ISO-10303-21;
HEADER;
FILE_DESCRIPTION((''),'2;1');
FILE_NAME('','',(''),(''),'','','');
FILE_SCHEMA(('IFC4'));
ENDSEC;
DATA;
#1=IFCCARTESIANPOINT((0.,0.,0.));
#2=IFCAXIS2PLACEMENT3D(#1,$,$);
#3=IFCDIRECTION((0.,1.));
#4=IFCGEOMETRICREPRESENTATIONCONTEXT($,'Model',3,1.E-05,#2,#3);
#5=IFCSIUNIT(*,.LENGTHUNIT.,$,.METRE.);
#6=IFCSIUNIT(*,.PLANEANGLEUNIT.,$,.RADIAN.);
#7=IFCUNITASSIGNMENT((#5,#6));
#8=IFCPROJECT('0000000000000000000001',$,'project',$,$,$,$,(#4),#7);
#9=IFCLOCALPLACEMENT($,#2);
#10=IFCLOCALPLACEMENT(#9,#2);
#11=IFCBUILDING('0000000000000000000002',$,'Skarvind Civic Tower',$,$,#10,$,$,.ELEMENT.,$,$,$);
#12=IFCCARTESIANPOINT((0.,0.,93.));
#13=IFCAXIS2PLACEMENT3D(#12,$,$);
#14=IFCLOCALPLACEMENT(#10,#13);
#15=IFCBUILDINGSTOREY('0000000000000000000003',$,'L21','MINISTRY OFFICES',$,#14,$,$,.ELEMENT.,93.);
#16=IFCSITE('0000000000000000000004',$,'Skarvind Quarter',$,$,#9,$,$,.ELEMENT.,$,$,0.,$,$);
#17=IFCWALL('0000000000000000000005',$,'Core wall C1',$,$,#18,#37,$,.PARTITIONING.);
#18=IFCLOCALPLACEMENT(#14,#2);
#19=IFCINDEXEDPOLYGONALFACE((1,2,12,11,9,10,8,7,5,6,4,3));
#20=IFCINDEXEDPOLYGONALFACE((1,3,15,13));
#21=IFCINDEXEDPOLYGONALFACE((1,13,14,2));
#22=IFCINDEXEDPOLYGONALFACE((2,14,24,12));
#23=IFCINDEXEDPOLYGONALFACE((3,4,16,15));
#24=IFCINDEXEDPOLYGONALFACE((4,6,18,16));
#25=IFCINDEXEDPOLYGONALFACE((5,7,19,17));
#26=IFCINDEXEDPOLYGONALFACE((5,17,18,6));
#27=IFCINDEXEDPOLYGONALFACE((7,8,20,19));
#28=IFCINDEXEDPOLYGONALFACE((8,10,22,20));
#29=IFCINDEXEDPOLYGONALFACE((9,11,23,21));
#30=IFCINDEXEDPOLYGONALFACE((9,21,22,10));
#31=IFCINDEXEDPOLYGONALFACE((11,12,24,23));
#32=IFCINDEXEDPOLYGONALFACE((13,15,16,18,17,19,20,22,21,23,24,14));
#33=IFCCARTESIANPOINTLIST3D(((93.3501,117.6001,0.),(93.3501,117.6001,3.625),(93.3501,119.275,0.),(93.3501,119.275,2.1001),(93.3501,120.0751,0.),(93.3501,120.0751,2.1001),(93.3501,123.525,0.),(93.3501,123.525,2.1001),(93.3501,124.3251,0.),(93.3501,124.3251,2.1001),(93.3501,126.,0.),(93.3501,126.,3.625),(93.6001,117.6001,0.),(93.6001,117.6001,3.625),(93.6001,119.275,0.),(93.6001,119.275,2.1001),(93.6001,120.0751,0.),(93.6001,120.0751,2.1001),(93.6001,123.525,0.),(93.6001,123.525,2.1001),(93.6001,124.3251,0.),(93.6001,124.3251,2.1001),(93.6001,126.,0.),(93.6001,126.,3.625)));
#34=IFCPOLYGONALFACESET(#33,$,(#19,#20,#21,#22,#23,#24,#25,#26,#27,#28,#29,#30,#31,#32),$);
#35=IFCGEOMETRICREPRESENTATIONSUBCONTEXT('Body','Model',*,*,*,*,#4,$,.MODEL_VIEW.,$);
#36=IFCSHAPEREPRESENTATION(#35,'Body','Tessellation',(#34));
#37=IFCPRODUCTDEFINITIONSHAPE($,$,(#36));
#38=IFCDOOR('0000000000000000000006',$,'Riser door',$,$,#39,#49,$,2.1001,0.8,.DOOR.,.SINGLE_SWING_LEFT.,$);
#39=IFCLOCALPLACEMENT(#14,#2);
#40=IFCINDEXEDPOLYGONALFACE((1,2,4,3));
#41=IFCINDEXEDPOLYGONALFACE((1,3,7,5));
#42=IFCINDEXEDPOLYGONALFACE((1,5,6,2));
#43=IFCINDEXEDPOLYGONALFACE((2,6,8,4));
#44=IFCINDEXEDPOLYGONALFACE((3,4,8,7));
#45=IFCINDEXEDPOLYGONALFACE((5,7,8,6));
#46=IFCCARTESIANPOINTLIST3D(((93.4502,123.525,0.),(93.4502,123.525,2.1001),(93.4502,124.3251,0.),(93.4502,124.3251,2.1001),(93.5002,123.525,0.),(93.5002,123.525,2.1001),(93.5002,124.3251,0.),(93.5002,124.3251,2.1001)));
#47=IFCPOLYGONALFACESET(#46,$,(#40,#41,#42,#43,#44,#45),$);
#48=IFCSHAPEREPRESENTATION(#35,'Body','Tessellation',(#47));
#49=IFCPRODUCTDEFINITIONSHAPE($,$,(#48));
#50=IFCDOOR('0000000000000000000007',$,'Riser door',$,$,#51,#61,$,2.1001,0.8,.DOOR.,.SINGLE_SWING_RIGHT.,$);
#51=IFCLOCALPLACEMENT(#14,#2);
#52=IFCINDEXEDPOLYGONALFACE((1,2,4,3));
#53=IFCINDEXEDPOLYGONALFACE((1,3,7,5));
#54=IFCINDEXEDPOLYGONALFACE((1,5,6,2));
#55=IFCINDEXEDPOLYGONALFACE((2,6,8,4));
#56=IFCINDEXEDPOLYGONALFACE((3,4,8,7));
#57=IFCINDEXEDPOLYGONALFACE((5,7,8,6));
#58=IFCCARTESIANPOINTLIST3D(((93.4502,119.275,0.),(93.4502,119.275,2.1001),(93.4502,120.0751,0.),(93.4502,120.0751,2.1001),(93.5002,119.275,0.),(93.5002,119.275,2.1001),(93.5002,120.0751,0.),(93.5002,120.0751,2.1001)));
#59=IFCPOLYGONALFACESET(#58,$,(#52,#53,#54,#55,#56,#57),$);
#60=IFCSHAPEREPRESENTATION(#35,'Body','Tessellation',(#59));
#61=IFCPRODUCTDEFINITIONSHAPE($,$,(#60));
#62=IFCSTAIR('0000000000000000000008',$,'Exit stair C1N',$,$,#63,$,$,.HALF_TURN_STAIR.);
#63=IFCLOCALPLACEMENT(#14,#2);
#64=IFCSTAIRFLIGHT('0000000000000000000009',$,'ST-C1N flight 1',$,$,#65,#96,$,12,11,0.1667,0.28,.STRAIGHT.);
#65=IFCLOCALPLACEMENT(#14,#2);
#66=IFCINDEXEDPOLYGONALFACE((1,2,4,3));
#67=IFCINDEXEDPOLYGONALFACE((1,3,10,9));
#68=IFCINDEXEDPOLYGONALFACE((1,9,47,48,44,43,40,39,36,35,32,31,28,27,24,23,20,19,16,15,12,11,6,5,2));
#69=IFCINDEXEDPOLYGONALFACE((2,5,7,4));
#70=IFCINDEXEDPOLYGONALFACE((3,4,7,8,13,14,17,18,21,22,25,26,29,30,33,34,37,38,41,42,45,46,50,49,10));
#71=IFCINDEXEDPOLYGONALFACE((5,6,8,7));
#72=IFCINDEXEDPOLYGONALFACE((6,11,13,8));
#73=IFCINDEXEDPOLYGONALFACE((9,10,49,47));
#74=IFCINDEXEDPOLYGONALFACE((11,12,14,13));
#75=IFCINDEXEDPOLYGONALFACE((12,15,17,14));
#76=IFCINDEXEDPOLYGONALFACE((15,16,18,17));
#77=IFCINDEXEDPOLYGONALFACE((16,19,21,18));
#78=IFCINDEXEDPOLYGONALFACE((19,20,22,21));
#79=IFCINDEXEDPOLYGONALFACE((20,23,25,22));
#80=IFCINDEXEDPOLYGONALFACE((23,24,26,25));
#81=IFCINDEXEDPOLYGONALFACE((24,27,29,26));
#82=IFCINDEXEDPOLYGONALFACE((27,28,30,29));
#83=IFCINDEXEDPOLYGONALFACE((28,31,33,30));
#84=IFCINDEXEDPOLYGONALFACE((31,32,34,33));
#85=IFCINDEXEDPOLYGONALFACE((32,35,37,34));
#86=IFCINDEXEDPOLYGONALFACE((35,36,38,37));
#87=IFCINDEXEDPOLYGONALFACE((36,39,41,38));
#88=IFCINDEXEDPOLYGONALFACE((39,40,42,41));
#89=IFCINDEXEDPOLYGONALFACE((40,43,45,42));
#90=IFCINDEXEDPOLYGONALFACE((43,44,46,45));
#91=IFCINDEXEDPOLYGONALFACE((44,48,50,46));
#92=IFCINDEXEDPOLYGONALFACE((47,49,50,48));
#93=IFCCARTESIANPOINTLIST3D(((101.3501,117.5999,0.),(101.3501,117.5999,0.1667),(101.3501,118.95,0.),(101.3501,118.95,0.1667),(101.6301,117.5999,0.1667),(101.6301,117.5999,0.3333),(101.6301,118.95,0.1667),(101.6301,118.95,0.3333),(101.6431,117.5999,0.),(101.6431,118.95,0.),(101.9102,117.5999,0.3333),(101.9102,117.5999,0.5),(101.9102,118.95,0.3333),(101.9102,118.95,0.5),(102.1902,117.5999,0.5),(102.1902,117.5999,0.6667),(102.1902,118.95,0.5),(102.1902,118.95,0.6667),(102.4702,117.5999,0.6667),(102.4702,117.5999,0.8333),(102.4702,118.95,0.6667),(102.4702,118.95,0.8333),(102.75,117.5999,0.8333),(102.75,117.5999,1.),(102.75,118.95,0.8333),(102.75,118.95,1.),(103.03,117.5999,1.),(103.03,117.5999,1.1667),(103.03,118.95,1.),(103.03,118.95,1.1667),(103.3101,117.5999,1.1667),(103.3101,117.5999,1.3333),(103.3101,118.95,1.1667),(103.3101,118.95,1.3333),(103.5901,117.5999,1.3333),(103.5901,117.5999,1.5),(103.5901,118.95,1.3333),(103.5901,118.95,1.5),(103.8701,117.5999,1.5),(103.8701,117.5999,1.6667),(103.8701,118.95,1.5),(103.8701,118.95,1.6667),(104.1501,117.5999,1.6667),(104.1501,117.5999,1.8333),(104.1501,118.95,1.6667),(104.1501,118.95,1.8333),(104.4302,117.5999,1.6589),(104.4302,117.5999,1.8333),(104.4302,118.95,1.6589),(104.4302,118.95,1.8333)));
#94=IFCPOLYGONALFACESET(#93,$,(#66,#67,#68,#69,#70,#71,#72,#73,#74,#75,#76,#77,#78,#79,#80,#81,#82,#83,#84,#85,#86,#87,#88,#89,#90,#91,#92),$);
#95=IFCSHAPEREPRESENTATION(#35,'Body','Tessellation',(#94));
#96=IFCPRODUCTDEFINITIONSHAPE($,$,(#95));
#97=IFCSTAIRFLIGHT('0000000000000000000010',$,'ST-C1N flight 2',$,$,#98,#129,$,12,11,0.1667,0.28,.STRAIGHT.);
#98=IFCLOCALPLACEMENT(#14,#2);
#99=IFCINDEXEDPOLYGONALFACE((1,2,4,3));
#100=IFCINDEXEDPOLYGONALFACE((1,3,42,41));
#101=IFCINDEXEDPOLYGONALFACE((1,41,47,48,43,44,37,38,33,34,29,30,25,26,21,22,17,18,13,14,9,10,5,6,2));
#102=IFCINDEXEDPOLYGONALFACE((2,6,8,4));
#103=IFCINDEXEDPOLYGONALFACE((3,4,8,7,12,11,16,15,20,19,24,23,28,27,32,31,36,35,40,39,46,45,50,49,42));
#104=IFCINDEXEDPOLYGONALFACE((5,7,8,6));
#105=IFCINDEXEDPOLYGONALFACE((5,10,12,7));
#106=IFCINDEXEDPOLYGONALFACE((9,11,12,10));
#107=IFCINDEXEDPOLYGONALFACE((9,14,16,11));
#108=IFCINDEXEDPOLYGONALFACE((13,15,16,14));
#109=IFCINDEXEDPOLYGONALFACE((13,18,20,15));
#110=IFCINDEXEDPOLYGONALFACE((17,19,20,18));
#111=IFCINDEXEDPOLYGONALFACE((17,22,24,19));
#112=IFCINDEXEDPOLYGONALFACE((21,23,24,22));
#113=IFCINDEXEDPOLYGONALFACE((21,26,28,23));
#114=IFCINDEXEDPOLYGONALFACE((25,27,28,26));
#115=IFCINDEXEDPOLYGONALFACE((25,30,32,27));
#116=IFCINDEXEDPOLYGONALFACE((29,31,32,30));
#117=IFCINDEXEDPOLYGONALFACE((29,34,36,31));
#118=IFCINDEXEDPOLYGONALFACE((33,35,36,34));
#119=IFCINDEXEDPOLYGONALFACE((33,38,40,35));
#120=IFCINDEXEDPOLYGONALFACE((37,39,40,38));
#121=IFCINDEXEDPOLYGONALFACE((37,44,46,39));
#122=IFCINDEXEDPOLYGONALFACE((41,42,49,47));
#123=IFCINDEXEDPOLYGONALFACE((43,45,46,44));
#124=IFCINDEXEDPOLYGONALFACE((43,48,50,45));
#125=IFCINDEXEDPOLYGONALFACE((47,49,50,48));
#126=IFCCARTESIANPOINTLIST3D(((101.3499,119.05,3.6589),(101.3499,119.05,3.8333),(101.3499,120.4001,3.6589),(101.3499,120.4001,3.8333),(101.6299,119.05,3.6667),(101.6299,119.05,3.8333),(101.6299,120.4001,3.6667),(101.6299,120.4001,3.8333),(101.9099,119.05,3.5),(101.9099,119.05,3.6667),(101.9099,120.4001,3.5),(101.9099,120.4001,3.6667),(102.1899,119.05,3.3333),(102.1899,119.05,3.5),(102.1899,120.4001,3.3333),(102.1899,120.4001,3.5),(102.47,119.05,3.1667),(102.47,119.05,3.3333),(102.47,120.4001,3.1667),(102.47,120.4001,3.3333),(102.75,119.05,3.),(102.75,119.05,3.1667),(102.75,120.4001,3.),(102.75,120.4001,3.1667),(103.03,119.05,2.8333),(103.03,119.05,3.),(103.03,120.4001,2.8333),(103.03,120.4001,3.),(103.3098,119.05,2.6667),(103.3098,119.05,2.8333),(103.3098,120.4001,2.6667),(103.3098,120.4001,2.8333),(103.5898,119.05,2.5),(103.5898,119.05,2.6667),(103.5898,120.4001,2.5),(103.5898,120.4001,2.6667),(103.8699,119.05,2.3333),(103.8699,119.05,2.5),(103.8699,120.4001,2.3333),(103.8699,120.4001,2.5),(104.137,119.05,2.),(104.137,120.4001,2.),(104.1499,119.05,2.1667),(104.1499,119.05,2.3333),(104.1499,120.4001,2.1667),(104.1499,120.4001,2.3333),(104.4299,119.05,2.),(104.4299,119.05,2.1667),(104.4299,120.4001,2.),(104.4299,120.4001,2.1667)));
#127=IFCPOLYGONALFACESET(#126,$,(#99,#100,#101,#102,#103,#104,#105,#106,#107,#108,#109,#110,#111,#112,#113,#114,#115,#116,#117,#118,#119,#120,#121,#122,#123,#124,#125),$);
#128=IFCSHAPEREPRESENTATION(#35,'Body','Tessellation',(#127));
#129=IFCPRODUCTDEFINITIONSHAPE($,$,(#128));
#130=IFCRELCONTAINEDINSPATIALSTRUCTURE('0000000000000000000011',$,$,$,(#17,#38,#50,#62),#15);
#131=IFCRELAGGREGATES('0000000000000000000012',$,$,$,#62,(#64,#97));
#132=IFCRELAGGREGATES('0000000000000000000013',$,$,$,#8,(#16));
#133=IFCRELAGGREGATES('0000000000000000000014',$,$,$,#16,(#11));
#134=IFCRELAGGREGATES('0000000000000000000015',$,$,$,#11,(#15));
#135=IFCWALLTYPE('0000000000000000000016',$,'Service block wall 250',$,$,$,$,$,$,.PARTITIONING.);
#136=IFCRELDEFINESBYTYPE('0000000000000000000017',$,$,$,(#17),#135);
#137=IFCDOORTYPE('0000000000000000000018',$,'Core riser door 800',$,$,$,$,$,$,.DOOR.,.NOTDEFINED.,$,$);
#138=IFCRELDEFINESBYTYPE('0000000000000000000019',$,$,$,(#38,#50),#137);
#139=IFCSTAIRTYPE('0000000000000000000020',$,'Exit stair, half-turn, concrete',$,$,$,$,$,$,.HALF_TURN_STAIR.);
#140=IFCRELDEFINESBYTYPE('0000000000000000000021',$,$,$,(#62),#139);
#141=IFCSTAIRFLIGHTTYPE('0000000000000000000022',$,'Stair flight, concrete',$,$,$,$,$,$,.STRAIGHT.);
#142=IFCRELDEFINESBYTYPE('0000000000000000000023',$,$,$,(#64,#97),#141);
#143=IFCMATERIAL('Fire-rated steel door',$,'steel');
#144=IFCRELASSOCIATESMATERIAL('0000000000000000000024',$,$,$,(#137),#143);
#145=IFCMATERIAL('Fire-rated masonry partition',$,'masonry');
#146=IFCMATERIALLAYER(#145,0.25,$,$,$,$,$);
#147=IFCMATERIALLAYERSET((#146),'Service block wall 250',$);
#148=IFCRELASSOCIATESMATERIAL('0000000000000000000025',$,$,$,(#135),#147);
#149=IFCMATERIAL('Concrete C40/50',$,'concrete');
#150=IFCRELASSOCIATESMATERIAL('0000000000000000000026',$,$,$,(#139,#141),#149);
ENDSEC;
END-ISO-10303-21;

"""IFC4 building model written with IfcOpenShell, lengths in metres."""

from ifc_helpers import new_model, si_unit, direction, frame, frame_2d, origin, place, context, subcontext, project, spatial, polyline, rectangle, outline, extrude, material, layer, layer_set, type_object, element, fill, aggregate, save


model = new_model("IFC4")

# Units and contexts
model_context = context("Model", 3, precision=1e-05, world=origin(), true_north=direction((0.0, 1.0)))
body_context = subcontext(model_context, "Body", "Model", "MODEL_VIEW")
ifc_project = project(units=[si_unit("LENGTHUNIT", "METRE"), si_unit("PLANEANGLEUNIT", "RADIAN")], contexts=[model_context])

# Site, building, storey
site_placement = place(None, origin())
site = spatial("IfcSite", under=ifc_project, at=site_placement, Name="Skarvind Quarter", CompositionType="ELEMENT", RefElevation=0.0)
building_placement = place(site_placement, origin())
building = spatial("IfcBuilding", under=site, at=building_placement, Name="Skarvind Civic Tower", CompositionType="ELEMENT")
storey_placement = place(building_placement, frame((0.0, 0.0, 93.0)))
storey = spatial("IfcBuildingStorey", under=building, at=storey_placement, Name="L21", Description="MINISTRY OFFICES", CompositionType="ELEMENT", Elevation=93.0)

# Shared definitions
ifc_material_1 = material(Name="Fire-rated masonry partition", Category="masonry")
ifc_material_2 = material(Name="Fire-rated steel door", Category="steel")

# Shared definitions
door_type_1 = type_object("IfcDoorType", Name="Core riser door 800", OperationType="NOTDEFINED", PredefinedType="DOOR", material=ifc_material_2)

# Wall, openings, doors
ifc_layer_1 = layer(ifc_material_1, 0.25)
ifc_layer_set_1 = layer_set([ifc_layer_1], Name="Service block wall 250")
wall_type_1 = type_object("IfcWallType", Name="Service block wall 250", PredefinedType="PARTITIONING", material=ifc_layer_set_1)
wall_1_placement = place(storey_placement, frame((93.4751, 117.6001, 0.0), z_axis=(0.0, 0.0, 1.0), x_axis=(0.0, 1.0, 0.0)))
wall_1 = element("IfcWall", 1, at=wall_1_placement, inside=storey, type_object=wall_type_1, Name="Core wall C1", PredefinedType="PARTITIONING", context=body_context, shape_type="SweptSolid", body=[
    extrude(rectangle(XDim=8.3999, YDim=0.25, at=frame_2d((4.2, 0.0))), origin(), (0.0, 0.0, 1.0), 3.625),
])
opening_1_placement = place(wall_1_placement, frame((5.925, 0.0, 0.0)))
opening_1 = element("IfcOpeningElement", 2, at=opening_1_placement, cuts=wall_1, PredefinedType="OPENING", context=body_context, shape_type="SweptSolid", body=[
    extrude(rectangle(XDim=0.8, YDim=2.1001, at=frame_2d((0.3999, 1.05))), frame((0.0, 0.135, 0.0), z_axis=(0.0, -1.0, 0.0), x_axis=(1.0, 0.0, 0.0)), (0.0, 0.0, 1.0), 0.27),
])
opening_2_placement = place(wall_1_placement, frame((1.675, 0.0, 0.0)))
opening_2 = element("IfcOpeningElement", 3, at=opening_2_placement, cuts=wall_1, PredefinedType="OPENING", context=body_context, shape_type="SweptSolid", body=[
    extrude(rectangle(XDim=0.8, YDim=2.1001, at=frame_2d((0.3999, 1.05))), frame((0.0, 0.135, 0.0), z_axis=(0.0, -1.0, 0.0), x_axis=(1.0, 0.0, 0.0)), (0.0, 0.0, 1.0), 0.27),
])
door_1_placement = place(opening_1_placement, origin())
door_1 = element("IfcDoor", 4, at=door_1_placement, inside=storey, type_object=door_type_1, Name="Riser door", OperationType="SINGLE_SWING_LEFT", OverallHeight=2.1001, OverallWidth=0.8, PredefinedType="DOOR", context=body_context, shape_type="SweptSolid", body=[
    extrude(rectangle(XDim=0.8, YDim=2.1001, at=frame_2d((0.3999, 1.05))), frame((0.0, 0.0249, 0.0), z_axis=(0.0, -1.0, 0.0), x_axis=(1.0, 0.0, 0.0)), (0.0, 0.0, 1.0), 0.05),
])
fill(opening_1, door_1)
door_2_placement = place(opening_2_placement, origin())
door_2 = element("IfcDoor", 5, at=door_2_placement, inside=storey, type_object=door_type_1, Name="Riser door", OperationType="SINGLE_SWING_RIGHT", OverallHeight=2.1001, OverallWidth=0.8, PredefinedType="DOOR", context=body_context, shape_type="SweptSolid", body=[
    extrude(rectangle(XDim=0.8, YDim=2.1001, at=frame_2d((0.3999, 1.05))), frame((0.0, 0.0249, 0.0), z_axis=(0.0, -1.0, 0.0), x_axis=(1.0, 0.0, 0.0)), (0.0, 0.0, 1.0), 0.05),
])
fill(opening_2, door_2)

# Stair, stair flights
ifc_material_3 = material(Name="Concrete C40/50", Category="concrete")
stair_type = type_object("IfcStairType", Name="Exit stair, half-turn, concrete", PredefinedType="HALF_TURN_STAIR", material=ifc_material_3)
stair_placement = place(storey_placement, origin())
stair = element("IfcStair", 6, at=stair_placement, inside=storey, type_object=stair_type, Name="Exit stair C1N", PredefinedType="HALF_TURN_STAIR")
stair_flight_type = type_object("IfcStairFlightType", Name="Stair flight, concrete", PredefinedType="STRAIGHT", material=ifc_material_3)
stair_flight_1_placement = place(storey_placement, frame((101.3501, 118.2749, 0.0), z_axis=(0.0, 0.0, 1.0), x_axis=(1.0, 0.0, 0.0)))
stair_flight_1 = element("IfcStairFlight", 7, at=stair_flight_1_placement, type_object=stair_flight_type, Name="ST-C1N flight 1", NumberOfRisers=12, NumberOfTreads=11, PredefinedType="STRAIGHT", RiserHeight=0.1667, TreadLength=0.28, context=body_context, shape_type="SweptSolid", body=[
    extrude(outline(polyline([(0.0, 0.0), (0.0, 0.1667), (0.28, 0.1667), (0.28, 0.3333), (0.5601, 0.3333), (0.5601, 0.5), (0.8401, 0.5), (0.8401, 0.6667), (1.1201, 0.6667), (1.1201, 0.8333), (1.3999, 0.8333), (1.3999, 1.0), (1.6799, 1.0), (1.6799, 1.1667), (1.96, 1.1667), (1.96, 1.3333), (2.24, 1.3333), (2.24, 1.5), (2.52, 1.5), (2.52, 1.6667), (2.8, 1.6667), (2.8, 1.8333), (3.0801, 1.8333), (3.0801, 2.0), (3.0801, 1.6589), (0.293, 0.0), (0.0, 0.0)])), frame((0.0, 0.675, 0.0), z_axis=(0.0, -1.0, 0.0), x_axis=(1.0, 0.0, 0.0)), (0.0, 0.0, 1.0), 1.3501),
])
stair_flight_2_placement = place(storey_placement, frame((104.4299, 119.7251, 2.0), z_axis=(0.0, 0.0, 1.0), x_axis=(-1.0, 0.0, 0.0)))
stair_flight_2 = element("IfcStairFlight", 8, at=stair_flight_2_placement, type_object=stair_flight_type, Name="ST-C1N flight 2", NumberOfRisers=12, NumberOfTreads=11, PredefinedType="STRAIGHT", RiserHeight=0.1667, TreadLength=0.28, context=body_context, shape_type="SweptSolid", body=[
    extrude(outline(polyline([(0.0, 0.0), (0.0, 0.1667), (0.28, 0.1667), (0.28, 0.3333), (0.5601, 0.3333), (0.5601, 0.5), (0.8401, 0.5), (0.8401, 0.6667), (1.1201, 0.6667), (1.1201, 0.8333), (1.3999, 0.8333), (1.3999, 1.0), (1.6799, 1.0), (1.6799, 1.1667), (1.96, 1.1667), (1.96, 1.3333), (2.24, 1.3333), (2.24, 1.5), (2.52, 1.5), (2.52, 1.6667), (2.8, 1.6667), (2.8, 1.8333), (3.0801, 1.8333), (3.0801, 2.0), (3.0801, 1.6589), (0.293, 0.0), (0.0, 0.0)])), frame((0.0, 0.675, 0.0), z_axis=(0.0, -1.0, 0.0), x_axis=(1.0, 0.0, 0.0)), (0.0, 0.0, 1.0), 1.3501),
])
aggregate(stair, [stair_flight_1, stair_flight_2])

save(model, "model.ifc")
